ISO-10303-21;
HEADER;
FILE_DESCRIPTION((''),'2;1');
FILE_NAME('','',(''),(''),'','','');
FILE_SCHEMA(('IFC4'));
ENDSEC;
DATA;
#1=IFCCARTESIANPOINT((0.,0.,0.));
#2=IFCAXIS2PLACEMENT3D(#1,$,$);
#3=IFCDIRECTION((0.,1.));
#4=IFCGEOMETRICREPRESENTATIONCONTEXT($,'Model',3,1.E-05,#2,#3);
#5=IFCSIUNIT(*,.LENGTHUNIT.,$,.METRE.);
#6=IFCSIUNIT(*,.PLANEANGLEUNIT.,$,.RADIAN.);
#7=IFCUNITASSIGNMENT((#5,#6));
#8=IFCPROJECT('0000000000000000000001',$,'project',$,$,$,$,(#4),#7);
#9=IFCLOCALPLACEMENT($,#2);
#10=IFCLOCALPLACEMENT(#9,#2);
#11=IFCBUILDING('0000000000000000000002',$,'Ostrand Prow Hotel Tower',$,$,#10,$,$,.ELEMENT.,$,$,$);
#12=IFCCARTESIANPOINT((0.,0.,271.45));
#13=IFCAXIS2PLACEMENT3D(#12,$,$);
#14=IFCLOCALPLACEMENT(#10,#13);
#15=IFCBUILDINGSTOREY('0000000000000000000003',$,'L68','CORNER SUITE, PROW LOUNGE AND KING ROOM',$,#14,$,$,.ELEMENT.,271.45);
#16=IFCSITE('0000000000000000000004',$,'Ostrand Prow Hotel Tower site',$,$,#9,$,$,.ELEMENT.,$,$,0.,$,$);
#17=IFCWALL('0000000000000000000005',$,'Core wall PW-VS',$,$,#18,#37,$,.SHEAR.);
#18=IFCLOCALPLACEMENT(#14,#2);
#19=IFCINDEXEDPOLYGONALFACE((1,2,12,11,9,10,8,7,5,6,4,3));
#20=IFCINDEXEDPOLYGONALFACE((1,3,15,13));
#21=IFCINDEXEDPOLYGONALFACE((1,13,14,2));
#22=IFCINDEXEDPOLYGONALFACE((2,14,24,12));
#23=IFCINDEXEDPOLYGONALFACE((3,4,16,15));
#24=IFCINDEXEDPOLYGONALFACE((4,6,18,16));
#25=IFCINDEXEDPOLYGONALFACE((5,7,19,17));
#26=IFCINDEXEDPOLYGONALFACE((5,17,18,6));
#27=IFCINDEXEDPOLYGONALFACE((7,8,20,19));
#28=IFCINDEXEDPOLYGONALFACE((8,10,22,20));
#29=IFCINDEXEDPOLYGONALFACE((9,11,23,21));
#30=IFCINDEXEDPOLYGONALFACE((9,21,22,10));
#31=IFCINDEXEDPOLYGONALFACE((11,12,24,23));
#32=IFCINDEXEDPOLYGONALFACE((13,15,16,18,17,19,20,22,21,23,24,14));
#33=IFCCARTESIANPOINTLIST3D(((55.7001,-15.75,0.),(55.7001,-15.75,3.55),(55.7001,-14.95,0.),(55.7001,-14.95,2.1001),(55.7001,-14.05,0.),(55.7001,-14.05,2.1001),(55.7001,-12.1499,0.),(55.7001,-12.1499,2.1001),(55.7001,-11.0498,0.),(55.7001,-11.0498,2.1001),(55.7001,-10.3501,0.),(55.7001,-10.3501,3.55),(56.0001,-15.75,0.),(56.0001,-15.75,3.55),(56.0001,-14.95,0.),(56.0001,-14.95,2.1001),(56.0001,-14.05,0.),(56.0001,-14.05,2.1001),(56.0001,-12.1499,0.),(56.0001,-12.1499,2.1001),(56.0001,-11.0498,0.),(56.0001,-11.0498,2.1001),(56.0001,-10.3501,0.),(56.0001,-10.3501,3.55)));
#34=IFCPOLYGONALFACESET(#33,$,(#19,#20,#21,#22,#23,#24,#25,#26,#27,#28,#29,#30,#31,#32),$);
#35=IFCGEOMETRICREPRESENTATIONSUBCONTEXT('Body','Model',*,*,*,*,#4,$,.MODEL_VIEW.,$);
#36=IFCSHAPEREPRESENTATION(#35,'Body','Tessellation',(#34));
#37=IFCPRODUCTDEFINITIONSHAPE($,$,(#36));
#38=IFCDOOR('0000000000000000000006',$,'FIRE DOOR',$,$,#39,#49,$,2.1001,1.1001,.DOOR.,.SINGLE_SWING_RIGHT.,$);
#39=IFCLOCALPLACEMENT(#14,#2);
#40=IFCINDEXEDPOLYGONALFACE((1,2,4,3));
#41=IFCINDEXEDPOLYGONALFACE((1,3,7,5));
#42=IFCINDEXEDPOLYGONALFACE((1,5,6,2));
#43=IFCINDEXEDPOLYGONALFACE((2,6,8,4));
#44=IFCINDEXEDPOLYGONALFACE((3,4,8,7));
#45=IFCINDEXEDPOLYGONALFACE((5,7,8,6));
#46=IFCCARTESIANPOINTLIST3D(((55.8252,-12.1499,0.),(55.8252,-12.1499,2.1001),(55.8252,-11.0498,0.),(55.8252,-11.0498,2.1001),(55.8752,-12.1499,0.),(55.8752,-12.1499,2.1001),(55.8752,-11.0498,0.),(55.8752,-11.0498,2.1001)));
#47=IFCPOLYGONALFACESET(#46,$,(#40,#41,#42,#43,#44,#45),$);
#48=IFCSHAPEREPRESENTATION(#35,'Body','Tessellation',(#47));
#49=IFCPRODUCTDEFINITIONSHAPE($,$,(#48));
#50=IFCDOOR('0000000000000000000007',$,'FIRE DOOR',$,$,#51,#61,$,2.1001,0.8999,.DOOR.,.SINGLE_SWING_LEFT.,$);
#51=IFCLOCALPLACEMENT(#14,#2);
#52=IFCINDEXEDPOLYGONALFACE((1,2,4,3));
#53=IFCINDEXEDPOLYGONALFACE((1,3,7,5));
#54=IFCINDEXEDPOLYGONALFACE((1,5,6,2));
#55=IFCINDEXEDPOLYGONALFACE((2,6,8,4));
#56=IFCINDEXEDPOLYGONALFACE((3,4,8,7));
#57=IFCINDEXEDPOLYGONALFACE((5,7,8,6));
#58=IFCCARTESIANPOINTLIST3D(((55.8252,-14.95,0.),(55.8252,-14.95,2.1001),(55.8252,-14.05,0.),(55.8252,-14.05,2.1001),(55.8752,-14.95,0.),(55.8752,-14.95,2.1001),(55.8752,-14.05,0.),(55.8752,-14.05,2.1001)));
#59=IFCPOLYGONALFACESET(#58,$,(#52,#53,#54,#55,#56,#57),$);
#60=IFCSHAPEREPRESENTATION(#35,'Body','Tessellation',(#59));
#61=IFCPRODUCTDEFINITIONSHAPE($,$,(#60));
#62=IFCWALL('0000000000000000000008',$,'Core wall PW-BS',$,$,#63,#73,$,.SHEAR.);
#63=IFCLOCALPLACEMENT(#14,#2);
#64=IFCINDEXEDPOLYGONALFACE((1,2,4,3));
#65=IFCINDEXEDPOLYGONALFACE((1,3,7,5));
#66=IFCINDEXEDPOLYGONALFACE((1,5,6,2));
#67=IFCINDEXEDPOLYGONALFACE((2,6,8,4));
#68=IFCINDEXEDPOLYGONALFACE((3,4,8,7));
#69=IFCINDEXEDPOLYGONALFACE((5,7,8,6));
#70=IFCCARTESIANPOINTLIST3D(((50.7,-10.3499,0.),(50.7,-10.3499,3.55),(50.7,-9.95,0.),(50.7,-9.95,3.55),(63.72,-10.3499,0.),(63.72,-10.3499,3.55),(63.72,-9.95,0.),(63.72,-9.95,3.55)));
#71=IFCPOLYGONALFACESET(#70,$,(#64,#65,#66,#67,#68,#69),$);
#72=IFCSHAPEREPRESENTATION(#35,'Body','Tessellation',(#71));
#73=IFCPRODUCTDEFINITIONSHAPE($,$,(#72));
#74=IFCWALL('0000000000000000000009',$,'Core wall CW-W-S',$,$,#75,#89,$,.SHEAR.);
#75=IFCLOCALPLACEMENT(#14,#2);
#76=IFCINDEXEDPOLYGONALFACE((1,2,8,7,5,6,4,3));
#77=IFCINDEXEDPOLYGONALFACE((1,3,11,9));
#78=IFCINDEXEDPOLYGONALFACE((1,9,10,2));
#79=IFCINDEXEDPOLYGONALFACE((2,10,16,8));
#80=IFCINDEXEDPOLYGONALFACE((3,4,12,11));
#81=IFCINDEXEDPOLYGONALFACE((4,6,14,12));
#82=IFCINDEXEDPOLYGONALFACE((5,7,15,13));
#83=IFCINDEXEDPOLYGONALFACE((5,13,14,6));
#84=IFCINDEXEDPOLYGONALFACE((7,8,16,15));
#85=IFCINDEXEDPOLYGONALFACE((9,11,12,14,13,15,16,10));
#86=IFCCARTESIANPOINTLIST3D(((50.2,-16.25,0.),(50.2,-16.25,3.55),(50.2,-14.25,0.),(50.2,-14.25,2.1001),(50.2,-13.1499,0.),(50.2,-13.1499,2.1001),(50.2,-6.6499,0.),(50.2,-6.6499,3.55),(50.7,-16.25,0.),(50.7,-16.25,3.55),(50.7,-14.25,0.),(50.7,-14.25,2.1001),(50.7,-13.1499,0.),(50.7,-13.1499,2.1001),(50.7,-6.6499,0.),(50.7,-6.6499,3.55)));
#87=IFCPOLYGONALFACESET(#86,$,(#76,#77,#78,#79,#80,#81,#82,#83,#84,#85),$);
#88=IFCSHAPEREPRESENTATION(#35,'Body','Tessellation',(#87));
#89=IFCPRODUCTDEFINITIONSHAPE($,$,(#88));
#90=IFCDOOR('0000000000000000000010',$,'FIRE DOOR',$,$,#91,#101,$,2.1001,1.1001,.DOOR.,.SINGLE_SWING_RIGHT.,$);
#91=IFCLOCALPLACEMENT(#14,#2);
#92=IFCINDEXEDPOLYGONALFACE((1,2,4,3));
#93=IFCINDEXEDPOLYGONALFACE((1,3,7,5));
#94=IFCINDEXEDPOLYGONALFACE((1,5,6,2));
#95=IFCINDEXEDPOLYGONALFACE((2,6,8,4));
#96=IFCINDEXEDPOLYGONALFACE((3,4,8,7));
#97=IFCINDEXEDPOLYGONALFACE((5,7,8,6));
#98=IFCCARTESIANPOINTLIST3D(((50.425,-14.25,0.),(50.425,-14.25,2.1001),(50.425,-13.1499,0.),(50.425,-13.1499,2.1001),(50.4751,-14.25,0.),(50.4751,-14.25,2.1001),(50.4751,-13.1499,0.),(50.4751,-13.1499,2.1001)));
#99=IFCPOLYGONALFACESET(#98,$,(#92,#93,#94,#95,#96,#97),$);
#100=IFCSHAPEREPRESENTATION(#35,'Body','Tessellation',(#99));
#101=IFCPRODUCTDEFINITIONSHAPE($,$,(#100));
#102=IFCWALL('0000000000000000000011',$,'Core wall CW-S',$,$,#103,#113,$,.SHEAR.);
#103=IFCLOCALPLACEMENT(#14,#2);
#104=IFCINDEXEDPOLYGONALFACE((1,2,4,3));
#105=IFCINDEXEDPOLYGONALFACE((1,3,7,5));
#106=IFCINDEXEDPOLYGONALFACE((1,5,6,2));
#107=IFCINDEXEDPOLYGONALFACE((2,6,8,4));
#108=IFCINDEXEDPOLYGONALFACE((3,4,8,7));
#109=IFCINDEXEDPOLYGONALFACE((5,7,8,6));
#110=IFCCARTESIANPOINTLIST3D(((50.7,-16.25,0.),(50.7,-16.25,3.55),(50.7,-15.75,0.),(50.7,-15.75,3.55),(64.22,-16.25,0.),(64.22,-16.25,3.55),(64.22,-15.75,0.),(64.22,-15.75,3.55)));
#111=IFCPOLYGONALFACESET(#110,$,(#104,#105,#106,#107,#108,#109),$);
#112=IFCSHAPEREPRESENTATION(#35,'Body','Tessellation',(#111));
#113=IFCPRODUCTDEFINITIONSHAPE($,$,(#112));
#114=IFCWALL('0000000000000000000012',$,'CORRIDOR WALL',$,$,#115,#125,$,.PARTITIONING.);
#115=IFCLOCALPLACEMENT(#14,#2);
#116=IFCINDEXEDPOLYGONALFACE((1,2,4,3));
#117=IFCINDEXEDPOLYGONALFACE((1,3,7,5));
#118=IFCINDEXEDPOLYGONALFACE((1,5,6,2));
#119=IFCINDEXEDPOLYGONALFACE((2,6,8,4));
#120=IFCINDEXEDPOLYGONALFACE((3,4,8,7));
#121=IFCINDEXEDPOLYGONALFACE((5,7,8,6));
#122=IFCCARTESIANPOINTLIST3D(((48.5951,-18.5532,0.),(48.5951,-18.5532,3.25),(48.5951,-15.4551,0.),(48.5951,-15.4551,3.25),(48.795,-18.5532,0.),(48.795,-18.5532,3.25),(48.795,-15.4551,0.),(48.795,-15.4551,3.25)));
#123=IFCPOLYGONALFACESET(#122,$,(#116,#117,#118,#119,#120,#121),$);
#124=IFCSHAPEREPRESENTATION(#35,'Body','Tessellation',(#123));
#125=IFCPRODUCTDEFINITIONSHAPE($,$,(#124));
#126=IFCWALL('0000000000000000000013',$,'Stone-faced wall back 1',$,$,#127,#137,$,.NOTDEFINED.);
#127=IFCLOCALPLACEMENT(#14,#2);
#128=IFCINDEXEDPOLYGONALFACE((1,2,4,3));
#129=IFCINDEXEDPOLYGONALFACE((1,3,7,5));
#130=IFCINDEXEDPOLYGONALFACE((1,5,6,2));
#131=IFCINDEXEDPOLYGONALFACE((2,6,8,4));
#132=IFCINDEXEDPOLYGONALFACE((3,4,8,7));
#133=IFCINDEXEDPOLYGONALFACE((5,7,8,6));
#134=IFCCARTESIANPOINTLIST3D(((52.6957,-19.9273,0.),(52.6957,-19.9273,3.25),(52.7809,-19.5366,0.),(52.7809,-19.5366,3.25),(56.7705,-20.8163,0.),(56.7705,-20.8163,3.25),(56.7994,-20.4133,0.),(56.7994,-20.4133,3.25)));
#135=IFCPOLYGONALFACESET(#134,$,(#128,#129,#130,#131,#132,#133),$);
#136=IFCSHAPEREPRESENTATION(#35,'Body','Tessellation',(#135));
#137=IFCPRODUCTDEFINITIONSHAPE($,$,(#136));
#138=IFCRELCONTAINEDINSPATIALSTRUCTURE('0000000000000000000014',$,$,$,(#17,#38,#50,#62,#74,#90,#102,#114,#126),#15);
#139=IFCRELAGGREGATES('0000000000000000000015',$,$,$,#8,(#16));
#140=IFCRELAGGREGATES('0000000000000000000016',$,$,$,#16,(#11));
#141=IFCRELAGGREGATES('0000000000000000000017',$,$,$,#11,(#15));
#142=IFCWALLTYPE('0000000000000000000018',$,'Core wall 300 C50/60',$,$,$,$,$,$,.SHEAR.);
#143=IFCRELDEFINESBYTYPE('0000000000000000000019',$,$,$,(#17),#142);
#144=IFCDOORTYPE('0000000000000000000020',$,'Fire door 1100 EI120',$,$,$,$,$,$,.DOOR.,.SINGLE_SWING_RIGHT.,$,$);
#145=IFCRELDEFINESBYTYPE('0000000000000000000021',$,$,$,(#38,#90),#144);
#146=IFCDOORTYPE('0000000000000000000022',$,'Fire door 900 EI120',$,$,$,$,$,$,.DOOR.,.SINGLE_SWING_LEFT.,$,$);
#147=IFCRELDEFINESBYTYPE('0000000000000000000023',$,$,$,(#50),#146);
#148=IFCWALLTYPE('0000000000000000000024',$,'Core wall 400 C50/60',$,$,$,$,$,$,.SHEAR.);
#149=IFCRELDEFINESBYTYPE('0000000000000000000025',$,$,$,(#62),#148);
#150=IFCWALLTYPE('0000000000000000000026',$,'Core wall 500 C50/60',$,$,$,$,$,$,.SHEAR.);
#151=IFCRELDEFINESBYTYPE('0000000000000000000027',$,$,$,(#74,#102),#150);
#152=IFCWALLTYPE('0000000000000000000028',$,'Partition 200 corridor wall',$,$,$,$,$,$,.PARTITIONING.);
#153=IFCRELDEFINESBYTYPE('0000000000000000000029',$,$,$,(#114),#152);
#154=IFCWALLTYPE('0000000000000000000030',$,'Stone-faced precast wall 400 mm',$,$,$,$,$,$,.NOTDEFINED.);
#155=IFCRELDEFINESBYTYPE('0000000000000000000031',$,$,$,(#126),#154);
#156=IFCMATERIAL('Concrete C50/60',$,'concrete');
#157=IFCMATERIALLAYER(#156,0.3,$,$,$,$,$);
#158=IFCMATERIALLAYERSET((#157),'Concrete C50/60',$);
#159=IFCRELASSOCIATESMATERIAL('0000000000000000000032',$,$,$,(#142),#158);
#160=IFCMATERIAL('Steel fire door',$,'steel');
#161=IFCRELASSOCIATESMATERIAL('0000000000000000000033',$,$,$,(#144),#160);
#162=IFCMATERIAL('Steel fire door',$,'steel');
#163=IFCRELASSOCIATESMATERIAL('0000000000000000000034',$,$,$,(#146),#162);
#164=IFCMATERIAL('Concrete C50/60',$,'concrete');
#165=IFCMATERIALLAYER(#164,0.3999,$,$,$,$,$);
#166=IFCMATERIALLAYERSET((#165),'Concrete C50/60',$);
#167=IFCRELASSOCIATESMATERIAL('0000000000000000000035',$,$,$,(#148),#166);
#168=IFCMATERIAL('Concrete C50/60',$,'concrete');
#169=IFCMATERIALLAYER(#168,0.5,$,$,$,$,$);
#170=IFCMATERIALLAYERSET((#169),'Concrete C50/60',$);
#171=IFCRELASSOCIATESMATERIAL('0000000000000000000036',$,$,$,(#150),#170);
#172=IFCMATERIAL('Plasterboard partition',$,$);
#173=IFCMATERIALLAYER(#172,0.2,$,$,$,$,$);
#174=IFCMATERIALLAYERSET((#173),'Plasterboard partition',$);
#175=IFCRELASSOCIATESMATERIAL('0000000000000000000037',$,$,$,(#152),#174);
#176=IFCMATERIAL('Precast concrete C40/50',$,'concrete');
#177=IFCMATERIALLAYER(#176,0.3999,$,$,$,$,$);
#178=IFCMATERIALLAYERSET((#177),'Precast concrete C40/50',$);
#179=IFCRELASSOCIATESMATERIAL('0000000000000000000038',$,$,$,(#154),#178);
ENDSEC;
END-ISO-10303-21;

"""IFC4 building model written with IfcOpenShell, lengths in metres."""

from ifc_helpers import new_model, si_unit, direction, frame, frame_2d, origin, place, context, subcontext, project, spatial, polyline, rectangle, outline, extrude, material, layer, layer_set, type_object, element, fill, save


model = new_model("IFC4")

# Units and contexts
model_context = context("Model", 3, precision=1e-05, world=origin(), true_north=direction((0.0, 1.0)))
body_context = subcontext(model_context, "Body", "Model", "MODEL_VIEW")
ifc_project = project(units=[si_unit("LENGTHUNIT", "METRE"), si_unit("PLANEANGLEUNIT", "RADIAN")], contexts=[model_context])

# Site, building, storey
site_placement = place(None, origin())
site = spatial("IfcSite", under=ifc_project, at=site_placement, Name="Ostrand Prow Hotel Tower site", CompositionType="ELEMENT", RefElevation=0.0)
building_placement = place(site_placement, origin())
building = spatial("IfcBuilding", under=site, at=building_placement, Name="Ostrand Prow Hotel Tower", CompositionType="ELEMENT")
storey_placement = place(building_placement, frame((0.0, 0.0, 271.45)))
storey = spatial("IfcBuildingStorey", under=building, at=storey_placement, Name="L68", Description="CORNER SUITE, PROW LOUNGE AND KING ROOM", CompositionType="ELEMENT", Elevation=271.45)

# Wall, openings, doors
ifc_material_1 = material(Name="Concrete C50/60", Category="concrete")
ifc_layer_1 = layer(ifc_material_1, 0.3)
ifc_layer_set_1 = layer_set([ifc_layer_1], Name="Concrete C50/60")
wall_type_1 = type_object("IfcWallType", Name="Core wall 300 C50/60", PredefinedType="SHEAR", material=ifc_layer_set_1)
wall_1_placement = place(storey_placement, frame((55.8501, -15.75, 0.0), z_axis=(0.0, 0.0, 1.0), x_axis=(0.0, 1.0, 0.0)))
wall_1 = element("IfcWall", 1, at=wall_1_placement, inside=storey, type_object=wall_type_1, Name="Core wall PW-VS", PredefinedType="SHEAR", context=body_context, shape_type="SweptSolid", body=[
    extrude(rectangle(XDim=5.3999, YDim=0.3, at=frame_2d((2.7, 0.0))), origin(), (0.0, 0.0, 1.0), 3.55),
])
opening_1_placement = place(wall_1_placement, frame((3.6001, 0.0, 0.0)))
opening_1 = element("IfcOpeningElement", 2, at=opening_1_placement, cuts=wall_1, PredefinedType="OPENING", context=body_context, shape_type="SweptSolid", body=[
    extrude(rectangle(XDim=1.1001, YDim=2.1001, at=frame_2d((0.55, 1.05))), frame((0.0, 0.1599, 0.0), z_axis=(0.0, -1.0, 0.0), x_axis=(1.0, 0.0, 0.0)), (0.0, 0.0, 1.0), 0.3201),
])
opening_2_placement = place(wall_1_placement, frame((0.8, 0.0, 0.0)))
opening_2 = element("IfcOpeningElement", 3, at=opening_2_placement, cuts=wall_1, PredefinedType="OPENING", context=body_context, shape_type="SweptSolid", body=[
    extrude(rectangle(XDim=0.8999, YDim=2.1001, at=frame_2d((0.45, 1.05))), frame((0.0, 0.1599, 0.0), z_axis=(0.0, -1.0, 0.0), x_axis=(1.0, 0.0, 0.0)), (0.0, 0.0, 1.0), 0.3201),
])
ifc_material_2 = material(Name="Steel fire door", Category="steel")
door_type_1 = type_object("IfcDoorType", Name="Fire door 1100 EI120", OperationType="SINGLE_SWING_RIGHT", PredefinedType="DOOR", material=ifc_material_2)
door_1_placement = place(opening_1_placement, origin())
door_1 = element("IfcDoor", 4, at=door_1_placement, inside=storey, type_object=door_type_1, Name="FIRE DOOR", OperationType="SINGLE_SWING_RIGHT", OverallHeight=2.1001, OverallWidth=1.1001, PredefinedType="DOOR", context=body_context, shape_type="SweptSolid", body=[
    extrude(rectangle(XDim=1.1001, YDim=2.1001, at=frame_2d((0.55, 1.05))), frame((0.0, 0.0249, 0.0), z_axis=(0.0, -1.0, 0.0), x_axis=(1.0, 0.0, 0.0)), (0.0, 0.0, 1.0), 0.05),
])
fill(opening_1, door_1)
ifc_material_3 = material(Name="Steel fire door", Category="steel")
door_type_2 = type_object("IfcDoorType", Name="Fire door 900 EI120", OperationType="SINGLE_SWING_LEFT", PredefinedType="DOOR", material=ifc_material_3)
door_2_placement = place(opening_2_placement, origin())
door_2 = element("IfcDoor", 5, at=door_2_placement, inside=storey, type_object=door_type_2, Name="FIRE DOOR", OperationType="SINGLE_SWING_LEFT", OverallHeight=2.1001, OverallWidth=0.8999, PredefinedType="DOOR", context=body_context, shape_type="SweptSolid", body=[
    extrude(rectangle(XDim=0.8999, YDim=2.1001, at=frame_2d((0.45, 1.05))), frame((0.0, 0.0249, 0.0), z_axis=(0.0, -1.0, 0.0), x_axis=(1.0, 0.0, 0.0)), (0.0, 0.0, 1.0), 0.05),
])
fill(opening_2, door_2)

# Wall
ifc_material_4 = material(Name="Concrete C50/60", Category="concrete")
ifc_layer_2 = layer(ifc_material_4, 0.3999)
ifc_layer_set_2 = layer_set([ifc_layer_2], Name="Concrete C50/60")
wall_type_2 = type_object("IfcWallType", Name="Core wall 400 C50/60", PredefinedType="SHEAR", material=ifc_layer_set_2)
wall_2_placement = place(storey_placement, frame((50.7, -10.1499, 0.0), z_axis=(0.0, 0.0, 1.0), x_axis=(1.0, 0.0, 0.0)))
element("IfcWall", 6, at=wall_2_placement, inside=storey, type_object=wall_type_2, Name="Core wall PW-BS", PredefinedType="SHEAR", context=body_context, shape_type="SweptSolid", body=[
    extrude(rectangle(XDim=13.02, YDim=0.3999, at=frame_2d((6.51, 0.0))), origin(), (0.0, 0.0, 1.0), 3.55),
])

# Wall, opening, door
ifc_material_5 = material(Name="Concrete C50/60", Category="concrete")
ifc_layer_3 = layer(ifc_material_5, 0.5)
ifc_layer_set_3 = layer_set([ifc_layer_3], Name="Concrete C50/60")
wall_type_3 = type_object("IfcWallType", Name="Core wall 500 C50/60", PredefinedType="SHEAR", material=ifc_layer_set_3)
wall_3_placement = place(storey_placement, frame((50.45, -16.25, 0.0), z_axis=(0.0, 0.0, 1.0), x_axis=(0.0, 1.0, 0.0)))
wall_3 = element("IfcWall", 7, at=wall_3_placement, inside=storey, type_object=wall_type_3, Name="Core wall CW-W-S", PredefinedType="SHEAR", context=body_context, shape_type="SweptSolid", body=[
    extrude(rectangle(XDim=9.6001, YDim=0.5, at=frame_2d((4.8, 0.0))), origin(), (0.0, 0.0, 1.0), 3.55),
])
opening_3_placement = place(wall_3_placement, frame((2.0, 0.0, 0.0)))
opening_3 = element("IfcOpeningElement", 8, at=opening_3_placement, cuts=wall_3, PredefinedType="OPENING", context=body_context, shape_type="SweptSolid", body=[
    extrude(rectangle(XDim=1.1001, YDim=2.1001, at=frame_2d((0.55, 1.05))), frame((0.0, 0.26, 0.0), z_axis=(0.0, -1.0, 0.0), x_axis=(1.0, 0.0, 0.0)), (0.0, 0.0, 1.0), 0.52),
])
door_3_placement = place(opening_3_placement, origin())
door_3 = element("IfcDoor", 9, at=door_3_placement, inside=storey, type_object=door_type_1, Name="FIRE DOOR", OperationType="SINGLE_SWING_RIGHT", OverallHeight=2.1001, OverallWidth=1.1001, PredefinedType="DOOR", context=body_context, shape_type="SweptSolid", body=[
    extrude(rectangle(XDim=1.1001, YDim=2.1001, at=frame_2d((0.55, 1.05))), frame((0.0, 0.0249, 0.0), z_axis=(0.0, -1.0, 0.0), x_axis=(1.0, 0.0, 0.0)), (0.0, 0.0, 1.0), 0.05),
])
fill(opening_3, door_3)

# Walls
wall_4_placement = place(storey_placement, frame((50.7, -16.0, 0.0), z_axis=(0.0, 0.0, 1.0), x_axis=(1.0, 0.0, 0.0)))
element("IfcWall", 10, at=wall_4_placement, inside=storey, type_object=wall_type_3, Name="Core wall CW-S", PredefinedType="SHEAR", context=body_context, shape_type="SweptSolid", body=[
    extrude(rectangle(XDim=13.52, YDim=0.5, at=frame_2d((6.76, 0.0))), origin(), (0.0, 0.0, 1.0), 3.55),
])
ifc_material_6 = material(Name="Plasterboard partition")
ifc_layer_4 = layer(ifc_material_6, 0.2)
ifc_layer_set_4 = layer_set([ifc_layer_4], Name="Plasterboard partition")
wall_type_4 = type_object("IfcWallType", Name="Partition 200 corridor wall", PredefinedType="PARTITIONING", material=ifc_layer_set_4)
wall_5_placement = place(storey_placement, frame((48.6951, -15.4551, 0.0), z_axis=(0.0, 0.0, 1.0), x_axis=(0.0, -1.0, 0.0)))
element("IfcWall", 11, at=wall_5_placement, inside=storey, type_object=wall_type_4, Name="CORRIDOR WALL", PredefinedType="PARTITIONING", context=body_context, shape_type="SweptSolid", body=[
    extrude(rectangle(XDim=3.0981, YDim=0.2, at=frame_2d((1.5491, 0.0))), origin(), (0.0, 0.0, 1.0), 3.25),
])
ifc_material_7 = material(Name="Precast concrete C40/50", Category="concrete")
ifc_layer_5 = layer(ifc_material_7, 0.3999)
ifc_layer_set_5 = layer_set([ifc_layer_5], Name="Precast concrete C40/50")
wall_type_5 = type_object("IfcWallType", Name="Stone-faced precast wall 400 mm", PredefinedType="NOTDEFINED", material=ifc_layer_set_5)
wall_6_placement = place(storey_placement, frame((52.7383, -19.7319, 0.0), z_axis=(0.0, 0.0, 1.0), x_axis=(0.97702, -0.213147, 0.0)))
element("IfcWall", 12, at=wall_6_placement, inside=storey, type_object=wall_type_5, Name="Stone-faced wall back 1", PredefinedType="NOTDEFINED", context=body_context, shape_type="SweptSolid", body=[
    extrude(outline(polyline([(0.0, -0.2), (4.1707, -0.2), (4.113, 0.2), (0.0, 0.2), (0.0, -0.2)])), origin(), (0.0, 0.0, 1.0), 3.25),
])

save(model, "model.ifc")
